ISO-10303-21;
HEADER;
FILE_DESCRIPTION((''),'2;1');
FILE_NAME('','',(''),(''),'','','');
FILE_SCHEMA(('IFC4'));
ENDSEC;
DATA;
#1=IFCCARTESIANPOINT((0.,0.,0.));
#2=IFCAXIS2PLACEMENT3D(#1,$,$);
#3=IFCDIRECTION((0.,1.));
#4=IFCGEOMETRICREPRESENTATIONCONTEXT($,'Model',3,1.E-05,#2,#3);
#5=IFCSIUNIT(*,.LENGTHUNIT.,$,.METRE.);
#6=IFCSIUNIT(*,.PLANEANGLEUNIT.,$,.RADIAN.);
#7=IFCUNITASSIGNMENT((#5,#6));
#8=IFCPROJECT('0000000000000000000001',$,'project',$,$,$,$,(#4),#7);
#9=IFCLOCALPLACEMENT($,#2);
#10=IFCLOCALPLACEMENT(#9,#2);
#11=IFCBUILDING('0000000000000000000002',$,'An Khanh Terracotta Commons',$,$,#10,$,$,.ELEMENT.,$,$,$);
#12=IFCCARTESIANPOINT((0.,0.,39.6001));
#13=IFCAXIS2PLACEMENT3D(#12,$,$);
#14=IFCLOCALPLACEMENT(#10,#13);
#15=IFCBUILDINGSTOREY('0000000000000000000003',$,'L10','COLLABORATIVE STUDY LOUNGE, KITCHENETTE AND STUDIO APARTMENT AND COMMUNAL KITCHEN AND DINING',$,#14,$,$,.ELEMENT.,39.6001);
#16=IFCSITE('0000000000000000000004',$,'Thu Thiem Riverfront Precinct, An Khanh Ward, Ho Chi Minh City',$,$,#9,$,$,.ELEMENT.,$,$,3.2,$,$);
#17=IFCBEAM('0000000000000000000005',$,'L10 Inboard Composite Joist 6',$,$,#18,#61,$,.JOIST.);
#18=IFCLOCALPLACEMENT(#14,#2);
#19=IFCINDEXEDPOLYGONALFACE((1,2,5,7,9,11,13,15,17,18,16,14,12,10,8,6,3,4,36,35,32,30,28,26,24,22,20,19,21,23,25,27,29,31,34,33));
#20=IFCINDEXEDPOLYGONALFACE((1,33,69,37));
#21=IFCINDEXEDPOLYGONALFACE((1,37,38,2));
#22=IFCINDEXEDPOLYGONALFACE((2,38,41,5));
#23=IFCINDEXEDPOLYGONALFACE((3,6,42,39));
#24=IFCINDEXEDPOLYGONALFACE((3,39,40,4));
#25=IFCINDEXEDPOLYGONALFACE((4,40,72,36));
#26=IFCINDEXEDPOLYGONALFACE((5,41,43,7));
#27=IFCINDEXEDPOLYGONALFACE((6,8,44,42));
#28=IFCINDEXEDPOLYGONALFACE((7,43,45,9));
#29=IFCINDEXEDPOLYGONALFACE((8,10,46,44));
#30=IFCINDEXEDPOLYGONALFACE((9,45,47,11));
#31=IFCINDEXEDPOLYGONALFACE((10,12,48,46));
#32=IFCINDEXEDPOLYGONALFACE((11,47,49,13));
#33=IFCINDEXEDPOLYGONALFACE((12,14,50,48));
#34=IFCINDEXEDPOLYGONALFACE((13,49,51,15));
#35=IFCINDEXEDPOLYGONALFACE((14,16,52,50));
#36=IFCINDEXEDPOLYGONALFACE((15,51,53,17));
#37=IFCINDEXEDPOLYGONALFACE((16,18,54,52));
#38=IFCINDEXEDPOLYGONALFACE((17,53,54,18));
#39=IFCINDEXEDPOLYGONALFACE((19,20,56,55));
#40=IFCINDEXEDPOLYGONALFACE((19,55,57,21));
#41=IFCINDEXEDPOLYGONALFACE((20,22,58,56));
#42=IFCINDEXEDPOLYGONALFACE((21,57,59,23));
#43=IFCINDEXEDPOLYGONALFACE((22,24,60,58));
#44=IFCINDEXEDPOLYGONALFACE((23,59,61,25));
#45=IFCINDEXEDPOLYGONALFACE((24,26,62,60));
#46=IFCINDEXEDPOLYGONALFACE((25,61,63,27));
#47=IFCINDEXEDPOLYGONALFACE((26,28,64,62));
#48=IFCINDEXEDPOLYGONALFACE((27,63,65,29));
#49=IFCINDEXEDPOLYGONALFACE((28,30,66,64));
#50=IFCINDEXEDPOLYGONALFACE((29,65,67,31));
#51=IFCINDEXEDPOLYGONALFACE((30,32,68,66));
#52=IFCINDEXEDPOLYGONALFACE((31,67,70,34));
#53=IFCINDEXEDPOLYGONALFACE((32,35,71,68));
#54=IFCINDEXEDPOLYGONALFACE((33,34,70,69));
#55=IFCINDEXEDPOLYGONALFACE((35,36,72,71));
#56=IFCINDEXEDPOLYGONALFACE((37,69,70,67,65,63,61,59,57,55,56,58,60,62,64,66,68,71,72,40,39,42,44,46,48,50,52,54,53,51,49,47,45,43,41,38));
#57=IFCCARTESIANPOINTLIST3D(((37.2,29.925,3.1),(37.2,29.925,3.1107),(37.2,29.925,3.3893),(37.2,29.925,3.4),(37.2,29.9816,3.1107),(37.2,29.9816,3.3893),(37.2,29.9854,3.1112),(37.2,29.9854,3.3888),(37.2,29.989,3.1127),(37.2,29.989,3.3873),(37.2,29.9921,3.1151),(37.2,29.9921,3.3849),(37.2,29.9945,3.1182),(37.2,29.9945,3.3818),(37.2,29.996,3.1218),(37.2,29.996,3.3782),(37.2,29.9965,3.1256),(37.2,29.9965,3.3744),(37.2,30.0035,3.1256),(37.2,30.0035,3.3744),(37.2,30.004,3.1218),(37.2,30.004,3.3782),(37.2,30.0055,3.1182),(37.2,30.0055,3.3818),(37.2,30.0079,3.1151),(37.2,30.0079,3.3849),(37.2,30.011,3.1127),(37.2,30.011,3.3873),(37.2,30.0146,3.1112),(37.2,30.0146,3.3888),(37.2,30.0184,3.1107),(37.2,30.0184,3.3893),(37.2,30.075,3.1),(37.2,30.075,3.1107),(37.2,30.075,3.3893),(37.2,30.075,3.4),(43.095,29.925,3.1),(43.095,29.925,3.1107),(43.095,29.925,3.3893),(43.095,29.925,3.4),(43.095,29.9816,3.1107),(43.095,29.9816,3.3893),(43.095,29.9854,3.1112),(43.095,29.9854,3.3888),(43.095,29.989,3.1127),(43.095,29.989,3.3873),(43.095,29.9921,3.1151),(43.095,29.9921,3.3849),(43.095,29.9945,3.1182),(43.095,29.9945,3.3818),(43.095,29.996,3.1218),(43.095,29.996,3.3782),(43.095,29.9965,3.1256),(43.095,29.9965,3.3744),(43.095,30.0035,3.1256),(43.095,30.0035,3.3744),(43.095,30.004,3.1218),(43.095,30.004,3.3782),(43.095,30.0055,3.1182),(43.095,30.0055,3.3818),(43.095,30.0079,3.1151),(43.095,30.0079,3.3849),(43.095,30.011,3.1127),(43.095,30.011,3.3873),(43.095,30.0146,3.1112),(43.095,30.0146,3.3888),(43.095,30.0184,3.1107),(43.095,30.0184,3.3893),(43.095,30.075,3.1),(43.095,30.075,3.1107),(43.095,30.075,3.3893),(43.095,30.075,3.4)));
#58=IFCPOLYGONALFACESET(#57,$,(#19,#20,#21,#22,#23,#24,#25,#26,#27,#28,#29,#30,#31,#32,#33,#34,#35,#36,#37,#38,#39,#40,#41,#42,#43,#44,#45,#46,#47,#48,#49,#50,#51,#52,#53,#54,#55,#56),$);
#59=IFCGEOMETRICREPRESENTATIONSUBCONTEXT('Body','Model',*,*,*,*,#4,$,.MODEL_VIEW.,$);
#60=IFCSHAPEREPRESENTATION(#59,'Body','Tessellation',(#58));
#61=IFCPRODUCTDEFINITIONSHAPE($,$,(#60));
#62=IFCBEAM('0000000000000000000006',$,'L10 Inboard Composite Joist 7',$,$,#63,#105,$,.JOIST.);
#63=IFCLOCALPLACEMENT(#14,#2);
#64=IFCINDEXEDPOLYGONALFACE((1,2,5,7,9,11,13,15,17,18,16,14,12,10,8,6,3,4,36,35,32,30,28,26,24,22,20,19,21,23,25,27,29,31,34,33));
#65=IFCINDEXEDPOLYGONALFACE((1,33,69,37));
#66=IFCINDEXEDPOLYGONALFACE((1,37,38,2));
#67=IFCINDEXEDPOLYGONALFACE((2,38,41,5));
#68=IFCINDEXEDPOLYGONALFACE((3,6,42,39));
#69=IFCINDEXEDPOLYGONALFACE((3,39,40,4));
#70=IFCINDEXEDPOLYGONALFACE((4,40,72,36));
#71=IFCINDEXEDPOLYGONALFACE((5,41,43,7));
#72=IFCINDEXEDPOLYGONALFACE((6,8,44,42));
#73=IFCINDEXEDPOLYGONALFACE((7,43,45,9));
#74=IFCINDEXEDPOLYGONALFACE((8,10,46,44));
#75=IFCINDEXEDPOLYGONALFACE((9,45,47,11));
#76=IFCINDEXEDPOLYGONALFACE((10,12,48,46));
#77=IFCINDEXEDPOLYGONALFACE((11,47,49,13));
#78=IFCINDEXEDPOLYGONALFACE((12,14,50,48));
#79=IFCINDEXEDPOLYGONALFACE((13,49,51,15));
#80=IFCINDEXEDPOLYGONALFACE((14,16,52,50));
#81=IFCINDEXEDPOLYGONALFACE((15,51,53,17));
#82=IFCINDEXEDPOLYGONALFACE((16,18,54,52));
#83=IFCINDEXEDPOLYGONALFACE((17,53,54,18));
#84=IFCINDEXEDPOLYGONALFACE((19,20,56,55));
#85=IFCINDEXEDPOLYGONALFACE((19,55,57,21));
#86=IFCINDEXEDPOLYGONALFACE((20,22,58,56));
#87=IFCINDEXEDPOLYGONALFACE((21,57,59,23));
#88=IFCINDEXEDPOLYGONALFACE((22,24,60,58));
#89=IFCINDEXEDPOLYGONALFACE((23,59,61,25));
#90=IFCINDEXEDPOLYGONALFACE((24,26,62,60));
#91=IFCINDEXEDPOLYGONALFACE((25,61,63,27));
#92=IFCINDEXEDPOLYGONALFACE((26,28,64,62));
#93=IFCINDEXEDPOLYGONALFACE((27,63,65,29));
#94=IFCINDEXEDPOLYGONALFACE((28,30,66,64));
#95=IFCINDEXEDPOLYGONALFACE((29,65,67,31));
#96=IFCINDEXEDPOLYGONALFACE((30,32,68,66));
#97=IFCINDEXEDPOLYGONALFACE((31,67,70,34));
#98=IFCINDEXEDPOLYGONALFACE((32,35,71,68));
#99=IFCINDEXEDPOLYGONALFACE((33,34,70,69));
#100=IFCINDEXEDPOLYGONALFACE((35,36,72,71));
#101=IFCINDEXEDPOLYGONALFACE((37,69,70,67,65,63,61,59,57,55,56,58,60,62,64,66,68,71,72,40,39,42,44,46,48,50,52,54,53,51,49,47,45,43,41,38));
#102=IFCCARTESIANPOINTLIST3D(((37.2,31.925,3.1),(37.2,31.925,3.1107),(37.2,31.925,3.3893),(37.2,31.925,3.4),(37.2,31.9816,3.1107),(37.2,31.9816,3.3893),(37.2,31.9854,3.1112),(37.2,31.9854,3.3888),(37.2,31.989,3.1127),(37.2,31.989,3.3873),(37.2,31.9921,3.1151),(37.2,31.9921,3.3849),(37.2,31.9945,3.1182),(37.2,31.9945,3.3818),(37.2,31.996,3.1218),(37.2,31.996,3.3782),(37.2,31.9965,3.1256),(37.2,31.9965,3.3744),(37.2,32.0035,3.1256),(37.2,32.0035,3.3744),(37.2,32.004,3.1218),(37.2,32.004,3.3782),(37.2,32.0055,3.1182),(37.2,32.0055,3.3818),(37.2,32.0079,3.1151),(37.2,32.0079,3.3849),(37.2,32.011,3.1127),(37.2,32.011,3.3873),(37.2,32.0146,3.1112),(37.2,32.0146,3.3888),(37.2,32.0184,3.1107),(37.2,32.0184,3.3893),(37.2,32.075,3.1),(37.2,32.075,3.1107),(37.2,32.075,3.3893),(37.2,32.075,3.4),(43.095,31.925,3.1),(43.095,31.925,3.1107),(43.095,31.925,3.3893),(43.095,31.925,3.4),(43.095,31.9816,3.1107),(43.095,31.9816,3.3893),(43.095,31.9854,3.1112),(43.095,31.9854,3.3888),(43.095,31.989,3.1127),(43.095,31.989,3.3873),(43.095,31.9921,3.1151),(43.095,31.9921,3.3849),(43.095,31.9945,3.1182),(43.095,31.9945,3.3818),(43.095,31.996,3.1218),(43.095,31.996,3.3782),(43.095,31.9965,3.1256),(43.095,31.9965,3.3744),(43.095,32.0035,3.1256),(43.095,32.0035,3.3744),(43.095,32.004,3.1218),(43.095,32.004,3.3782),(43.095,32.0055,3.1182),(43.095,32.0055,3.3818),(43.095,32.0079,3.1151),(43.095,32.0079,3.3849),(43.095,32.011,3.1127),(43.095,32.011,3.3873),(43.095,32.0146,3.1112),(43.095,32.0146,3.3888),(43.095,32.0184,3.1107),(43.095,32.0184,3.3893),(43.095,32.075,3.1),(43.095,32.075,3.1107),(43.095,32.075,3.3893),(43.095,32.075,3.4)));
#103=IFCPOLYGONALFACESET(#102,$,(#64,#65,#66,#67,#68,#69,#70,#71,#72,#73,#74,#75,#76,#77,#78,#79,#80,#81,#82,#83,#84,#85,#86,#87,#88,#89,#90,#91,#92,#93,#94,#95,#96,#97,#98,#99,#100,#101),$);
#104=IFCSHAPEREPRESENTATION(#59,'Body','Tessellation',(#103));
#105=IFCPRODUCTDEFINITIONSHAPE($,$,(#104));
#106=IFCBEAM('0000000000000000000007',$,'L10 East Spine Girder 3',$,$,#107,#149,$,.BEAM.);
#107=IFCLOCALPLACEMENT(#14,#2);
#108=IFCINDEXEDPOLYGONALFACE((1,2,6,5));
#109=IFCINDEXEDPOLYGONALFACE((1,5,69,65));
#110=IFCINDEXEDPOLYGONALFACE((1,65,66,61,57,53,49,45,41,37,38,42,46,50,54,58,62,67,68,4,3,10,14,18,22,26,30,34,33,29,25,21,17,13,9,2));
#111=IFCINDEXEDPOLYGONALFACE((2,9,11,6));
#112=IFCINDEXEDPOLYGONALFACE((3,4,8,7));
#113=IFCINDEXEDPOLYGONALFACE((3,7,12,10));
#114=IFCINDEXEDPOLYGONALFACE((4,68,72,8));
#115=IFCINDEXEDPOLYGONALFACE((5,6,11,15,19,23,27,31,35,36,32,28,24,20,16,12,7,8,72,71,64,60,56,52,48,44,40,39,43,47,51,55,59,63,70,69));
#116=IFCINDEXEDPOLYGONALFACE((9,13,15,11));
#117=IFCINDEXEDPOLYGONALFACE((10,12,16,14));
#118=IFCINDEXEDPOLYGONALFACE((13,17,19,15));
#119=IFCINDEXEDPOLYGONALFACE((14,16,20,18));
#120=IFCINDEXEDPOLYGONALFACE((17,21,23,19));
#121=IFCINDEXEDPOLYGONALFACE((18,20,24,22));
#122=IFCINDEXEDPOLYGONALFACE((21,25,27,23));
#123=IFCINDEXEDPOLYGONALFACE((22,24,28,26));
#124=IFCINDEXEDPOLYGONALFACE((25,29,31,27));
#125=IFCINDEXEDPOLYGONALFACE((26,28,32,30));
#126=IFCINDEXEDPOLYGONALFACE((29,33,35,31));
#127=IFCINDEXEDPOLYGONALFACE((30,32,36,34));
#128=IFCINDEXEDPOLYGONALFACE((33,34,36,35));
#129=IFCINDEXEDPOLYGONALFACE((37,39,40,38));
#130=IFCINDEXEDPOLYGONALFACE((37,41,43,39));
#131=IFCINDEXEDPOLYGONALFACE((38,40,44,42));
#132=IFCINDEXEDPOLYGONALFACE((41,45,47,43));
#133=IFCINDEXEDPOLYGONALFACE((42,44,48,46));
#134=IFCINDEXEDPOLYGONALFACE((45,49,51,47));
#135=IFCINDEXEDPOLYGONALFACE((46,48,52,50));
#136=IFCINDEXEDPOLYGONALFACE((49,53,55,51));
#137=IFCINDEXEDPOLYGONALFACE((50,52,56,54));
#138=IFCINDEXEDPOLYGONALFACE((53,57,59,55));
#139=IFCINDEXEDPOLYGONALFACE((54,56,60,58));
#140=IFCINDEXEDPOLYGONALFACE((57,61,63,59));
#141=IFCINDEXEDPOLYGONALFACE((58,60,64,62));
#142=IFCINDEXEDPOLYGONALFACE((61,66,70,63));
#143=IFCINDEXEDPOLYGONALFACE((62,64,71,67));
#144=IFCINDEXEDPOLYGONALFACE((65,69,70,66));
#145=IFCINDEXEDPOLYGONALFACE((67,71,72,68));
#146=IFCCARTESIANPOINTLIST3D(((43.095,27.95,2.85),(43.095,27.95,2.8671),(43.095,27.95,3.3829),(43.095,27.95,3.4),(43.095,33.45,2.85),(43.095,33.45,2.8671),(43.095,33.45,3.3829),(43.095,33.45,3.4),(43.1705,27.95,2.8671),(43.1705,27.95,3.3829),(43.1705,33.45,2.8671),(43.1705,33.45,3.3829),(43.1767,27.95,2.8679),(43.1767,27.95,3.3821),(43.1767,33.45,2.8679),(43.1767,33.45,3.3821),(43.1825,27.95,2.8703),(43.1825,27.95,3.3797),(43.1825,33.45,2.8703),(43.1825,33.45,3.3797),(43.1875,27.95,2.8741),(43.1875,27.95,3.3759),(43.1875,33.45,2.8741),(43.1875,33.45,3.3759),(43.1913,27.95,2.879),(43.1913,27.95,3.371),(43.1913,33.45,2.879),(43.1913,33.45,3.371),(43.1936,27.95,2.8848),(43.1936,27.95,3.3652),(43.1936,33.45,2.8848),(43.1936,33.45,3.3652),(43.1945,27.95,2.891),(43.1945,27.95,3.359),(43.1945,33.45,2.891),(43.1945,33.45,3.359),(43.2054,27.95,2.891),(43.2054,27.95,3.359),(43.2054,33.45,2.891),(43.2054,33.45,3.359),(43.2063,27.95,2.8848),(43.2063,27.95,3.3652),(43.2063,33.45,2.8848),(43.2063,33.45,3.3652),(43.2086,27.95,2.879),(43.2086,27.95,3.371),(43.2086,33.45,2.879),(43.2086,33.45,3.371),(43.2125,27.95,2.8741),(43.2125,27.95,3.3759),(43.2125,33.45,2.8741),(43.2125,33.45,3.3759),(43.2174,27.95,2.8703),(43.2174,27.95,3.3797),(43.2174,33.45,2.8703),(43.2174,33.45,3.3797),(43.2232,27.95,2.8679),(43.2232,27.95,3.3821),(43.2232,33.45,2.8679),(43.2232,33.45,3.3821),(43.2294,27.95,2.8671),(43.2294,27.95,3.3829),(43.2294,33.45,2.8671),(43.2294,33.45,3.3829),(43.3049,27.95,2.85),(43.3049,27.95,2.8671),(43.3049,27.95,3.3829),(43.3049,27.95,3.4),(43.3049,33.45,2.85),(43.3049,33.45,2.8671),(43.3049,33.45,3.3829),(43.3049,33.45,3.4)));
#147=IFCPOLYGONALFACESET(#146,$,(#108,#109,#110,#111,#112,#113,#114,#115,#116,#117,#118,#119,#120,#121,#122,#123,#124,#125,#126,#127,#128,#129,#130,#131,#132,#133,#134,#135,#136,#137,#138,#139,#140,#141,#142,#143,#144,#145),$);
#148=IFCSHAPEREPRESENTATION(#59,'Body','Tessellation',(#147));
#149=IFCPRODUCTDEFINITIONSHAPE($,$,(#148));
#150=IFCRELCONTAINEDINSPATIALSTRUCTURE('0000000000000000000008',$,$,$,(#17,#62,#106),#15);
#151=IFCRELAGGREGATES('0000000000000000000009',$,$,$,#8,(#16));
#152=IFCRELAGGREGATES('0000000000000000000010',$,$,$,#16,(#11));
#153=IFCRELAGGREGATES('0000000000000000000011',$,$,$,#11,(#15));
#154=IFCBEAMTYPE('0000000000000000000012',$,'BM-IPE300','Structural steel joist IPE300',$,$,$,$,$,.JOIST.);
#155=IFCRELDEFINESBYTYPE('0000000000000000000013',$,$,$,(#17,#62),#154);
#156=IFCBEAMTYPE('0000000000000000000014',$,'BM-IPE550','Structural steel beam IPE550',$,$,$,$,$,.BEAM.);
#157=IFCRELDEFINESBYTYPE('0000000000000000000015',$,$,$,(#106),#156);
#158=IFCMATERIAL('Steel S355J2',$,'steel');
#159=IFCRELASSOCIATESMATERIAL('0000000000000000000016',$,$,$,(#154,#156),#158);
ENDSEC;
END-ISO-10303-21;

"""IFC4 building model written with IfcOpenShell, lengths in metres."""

from ifc_helpers import new_model, si_unit, direction, frame, origin, origin_2d, place, context, subcontext, project, spatial, i_section, extrude, material, material_profile, profile_set, type_object, element, save


model = new_model("IFC4")

# Units and contexts
model_context = context("Model", 3, precision=1e-05, world=origin(), true_north=direction((0.0, 1.0)))
body_context = subcontext(model_context, "Body", "Model", "MODEL_VIEW")
ifc_project = project(units=[si_unit("LENGTHUNIT", "METRE"), si_unit("PLANEANGLEUNIT", "RADIAN")], contexts=[model_context])

# Site, building, storey
site_placement = place(None, origin())
site = spatial("IfcSite", under=ifc_project, at=site_placement, Name="Thu Thiem Riverfront Precinct, An Khanh Ward, Ho Chi Minh City", CompositionType="ELEMENT", RefElevation=3.2)
building_placement = place(site_placement, origin())
building = spatial("IfcBuilding", under=site, at=building_placement, Name="An Khanh Terracotta Commons", CompositionType="ELEMENT")
storey_placement = place(building_placement, frame((0.0, 0.0, 39.6001)))
storey = spatial("IfcBuildingStorey", under=building, at=storey_placement, Name="L10", Description="COLLABORATIVE STUDY LOUNGE, KITCHENETTE AND STUDIO APARTMENT AND COMMUNAL KITCHEN AND DINING", CompositionType="ELEMENT", Elevation=39.6001)

# Beams
ifc_material_1 = material(Name="Steel S355J2", Category="steel")
ifc_material_profile_1 = material_profile(ifc_material_1, i_section(OverallWidth=0.1499, OverallDepth=0.3, WebThickness=0.0071, FlangeThickness=0.0107, FilletRadius=0.0149, at=origin_2d()), Name="IPE300")
ifc_profile_set_1 = profile_set([ifc_material_profile_1], Name="Steel S355J2")
beam_type_1 = type_object("IfcBeamType", Name="BM-IPE300", Description="Structural steel joist IPE300", PredefinedType="JOIST", material=ifc_profile_set_1)
for number, where, z_axis, x_axis, name in (
    (1, (37.2, 30.0, 3.25), (1.0, 0.0, 0.0), (0.0, 1.0, 0.0), "L10 Inboard Composite Joist 6"),
    (2, (37.2, 32.0, 3.25), (1.0, 0.0, 0.0), (0.0, 1.0, 0.0), "L10 Inboard Composite Joist 7"),
):
    element("IfcBeam", number, at=place(storey_placement, frame(where, z_axis=z_axis, x_axis=x_axis)), inside=storey, type_object=beam_type_1, Name=name, PredefinedType="JOIST", context=body_context, shape_type="SweptSolid", body=[
        extrude(i_section(OverallWidth=0.1499, OverallDepth=0.3, WebThickness=0.0071, FlangeThickness=0.0107, FilletRadius=0.0149, at=origin_2d()), origin(), (0.0, 0.0, 1.0), 5.895),
    ])
ifc_material_profile_2 = material_profile(ifc_material_1, i_section(OverallWidth=0.21, OverallDepth=0.55, WebThickness=0.011, FlangeThickness=0.0171, FilletRadius=0.0239, at=origin_2d()), Name="IPE550")
ifc_profile_set_2 = profile_set([ifc_material_profile_2], Name="Steel S355J2")
beam_type_2 = type_object("IfcBeamType", Name="BM-IPE550", Description="Structural steel beam IPE550", PredefinedType="BEAM", material=ifc_profile_set_2)
beam_1_placement = place(storey_placement, frame((43.2, 27.95, 3.125), z_axis=(0.0, 1.0, 0.0), x_axis=(-1.0, 0.0, 0.0)))
element("IfcBeam", 3, at=beam_1_placement, inside=storey, type_object=beam_type_2, Name="L10 East Spine Girder 3", PredefinedType="BEAM", context=body_context, shape_type="SweptSolid", body=[
    extrude(i_section(OverallWidth=0.21, OverallDepth=0.55, WebThickness=0.011, FlangeThickness=0.0171, FilletRadius=0.0239, at=origin_2d()), origin(), (0.0, 0.0, 1.0), 5.5),
])

save(model, "model.ifc")
